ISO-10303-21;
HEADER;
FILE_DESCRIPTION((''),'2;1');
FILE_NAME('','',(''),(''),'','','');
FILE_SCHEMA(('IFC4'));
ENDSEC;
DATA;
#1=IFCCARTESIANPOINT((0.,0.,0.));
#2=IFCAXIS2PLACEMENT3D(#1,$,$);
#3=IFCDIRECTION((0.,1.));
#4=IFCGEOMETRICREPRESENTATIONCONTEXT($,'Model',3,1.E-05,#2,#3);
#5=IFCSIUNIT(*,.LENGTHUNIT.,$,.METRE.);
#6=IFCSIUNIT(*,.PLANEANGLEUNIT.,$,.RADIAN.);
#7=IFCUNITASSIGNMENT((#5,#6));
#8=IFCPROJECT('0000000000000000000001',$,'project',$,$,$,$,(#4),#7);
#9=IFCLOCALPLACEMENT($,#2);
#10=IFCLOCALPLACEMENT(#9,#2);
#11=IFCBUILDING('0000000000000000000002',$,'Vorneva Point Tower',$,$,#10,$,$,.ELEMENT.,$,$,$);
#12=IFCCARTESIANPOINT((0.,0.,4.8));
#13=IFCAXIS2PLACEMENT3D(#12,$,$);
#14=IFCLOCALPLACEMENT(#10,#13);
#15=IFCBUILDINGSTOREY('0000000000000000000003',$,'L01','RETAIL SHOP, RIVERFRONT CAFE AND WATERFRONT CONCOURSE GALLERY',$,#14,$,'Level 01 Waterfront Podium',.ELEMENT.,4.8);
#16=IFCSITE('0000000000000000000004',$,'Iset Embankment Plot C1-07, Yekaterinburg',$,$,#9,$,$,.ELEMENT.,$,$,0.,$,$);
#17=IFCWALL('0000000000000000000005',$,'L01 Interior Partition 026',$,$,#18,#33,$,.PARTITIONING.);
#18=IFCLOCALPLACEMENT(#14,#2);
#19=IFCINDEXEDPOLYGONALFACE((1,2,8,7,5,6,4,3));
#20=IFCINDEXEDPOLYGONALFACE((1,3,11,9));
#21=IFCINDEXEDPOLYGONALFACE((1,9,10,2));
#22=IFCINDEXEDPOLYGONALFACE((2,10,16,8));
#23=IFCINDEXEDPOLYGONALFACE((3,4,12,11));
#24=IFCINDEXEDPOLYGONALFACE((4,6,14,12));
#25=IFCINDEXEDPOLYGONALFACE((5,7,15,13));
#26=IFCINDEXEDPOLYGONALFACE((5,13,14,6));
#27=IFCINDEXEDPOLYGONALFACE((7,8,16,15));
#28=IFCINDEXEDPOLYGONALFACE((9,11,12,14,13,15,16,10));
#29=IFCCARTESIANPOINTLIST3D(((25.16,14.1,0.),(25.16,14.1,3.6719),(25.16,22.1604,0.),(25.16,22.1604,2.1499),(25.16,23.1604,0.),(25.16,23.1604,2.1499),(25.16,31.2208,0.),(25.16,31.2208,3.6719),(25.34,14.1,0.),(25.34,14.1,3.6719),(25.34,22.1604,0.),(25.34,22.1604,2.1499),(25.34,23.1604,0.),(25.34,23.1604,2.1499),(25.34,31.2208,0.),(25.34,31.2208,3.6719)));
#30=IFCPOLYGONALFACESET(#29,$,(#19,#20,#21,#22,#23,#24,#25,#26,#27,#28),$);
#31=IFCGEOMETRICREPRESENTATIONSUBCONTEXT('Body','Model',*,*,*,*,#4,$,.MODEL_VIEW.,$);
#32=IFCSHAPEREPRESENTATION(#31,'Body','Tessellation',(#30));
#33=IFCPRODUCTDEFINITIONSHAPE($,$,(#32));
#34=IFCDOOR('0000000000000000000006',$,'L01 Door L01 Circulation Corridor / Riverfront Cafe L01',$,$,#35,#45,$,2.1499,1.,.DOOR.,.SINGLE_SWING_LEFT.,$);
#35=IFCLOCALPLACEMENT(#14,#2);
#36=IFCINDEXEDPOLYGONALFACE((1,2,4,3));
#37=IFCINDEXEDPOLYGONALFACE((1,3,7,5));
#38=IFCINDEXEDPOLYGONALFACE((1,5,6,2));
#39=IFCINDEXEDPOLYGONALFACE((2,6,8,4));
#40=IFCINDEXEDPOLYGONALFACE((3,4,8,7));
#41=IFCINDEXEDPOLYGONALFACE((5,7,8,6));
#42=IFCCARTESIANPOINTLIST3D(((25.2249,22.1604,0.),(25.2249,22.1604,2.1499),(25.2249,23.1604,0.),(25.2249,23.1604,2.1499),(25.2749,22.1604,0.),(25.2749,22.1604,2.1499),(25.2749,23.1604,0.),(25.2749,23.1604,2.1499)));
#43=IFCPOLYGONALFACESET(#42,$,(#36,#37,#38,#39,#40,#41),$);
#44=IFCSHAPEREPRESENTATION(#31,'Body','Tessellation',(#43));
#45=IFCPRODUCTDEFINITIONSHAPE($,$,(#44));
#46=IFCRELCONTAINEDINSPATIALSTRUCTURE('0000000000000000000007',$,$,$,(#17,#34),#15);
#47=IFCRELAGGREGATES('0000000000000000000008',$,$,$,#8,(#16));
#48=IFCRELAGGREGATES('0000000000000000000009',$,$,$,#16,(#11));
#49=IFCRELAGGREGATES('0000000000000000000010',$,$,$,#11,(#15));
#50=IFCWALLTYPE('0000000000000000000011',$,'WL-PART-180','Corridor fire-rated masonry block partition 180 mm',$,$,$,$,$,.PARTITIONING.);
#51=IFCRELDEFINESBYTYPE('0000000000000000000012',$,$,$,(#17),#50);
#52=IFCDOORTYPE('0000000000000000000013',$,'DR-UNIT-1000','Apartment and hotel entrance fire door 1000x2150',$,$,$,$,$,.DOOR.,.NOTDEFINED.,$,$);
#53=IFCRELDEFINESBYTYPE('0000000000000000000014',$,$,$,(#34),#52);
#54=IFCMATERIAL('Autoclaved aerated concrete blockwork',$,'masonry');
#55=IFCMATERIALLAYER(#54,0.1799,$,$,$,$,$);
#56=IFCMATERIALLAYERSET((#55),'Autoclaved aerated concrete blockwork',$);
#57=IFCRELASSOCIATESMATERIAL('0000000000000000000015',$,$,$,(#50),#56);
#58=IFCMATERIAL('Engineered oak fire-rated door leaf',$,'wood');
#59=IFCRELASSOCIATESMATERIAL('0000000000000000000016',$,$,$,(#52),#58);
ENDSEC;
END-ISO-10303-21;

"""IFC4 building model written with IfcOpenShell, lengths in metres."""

from ifc_helpers import new_model, si_unit, direction, frame, frame_2d, origin, place, context, subcontext, project, spatial, rectangle, extrude, material, layer, layer_set, type_object, element, fill, save


model = new_model("IFC4")

# Units and contexts
model_context = context("Model", 3, precision=1e-05, world=origin(), true_north=direction((0.0, 1.0)))
body_context = subcontext(model_context, "Body", "Model", "MODEL_VIEW")
ifc_project = project(units=[si_unit("LENGTHUNIT", "METRE"), si_unit("PLANEANGLEUNIT", "RADIAN")], contexts=[model_context])

# Site, building, storey
site_placement = place(None, origin())
site = spatial("IfcSite", under=ifc_project, at=site_placement, Name="Iset Embankment Plot C1-07, Yekaterinburg", CompositionType="ELEMENT", RefElevation=0.0)
building_placement = place(site_placement, origin())
building = spatial("IfcBuilding", under=site, at=building_placement, Name="Vorneva Point Tower", CompositionType="ELEMENT")
storey_placement = place(building_placement, frame((0.0, 0.0, 4.8)))
storey = spatial("IfcBuildingStorey", under=building, at=storey_placement, Name="L01", Description="RETAIL SHOP, RIVERFRONT CAFE AND WATERFRONT CONCOURSE GALLERY", LongName="Level 01 Waterfront Podium", CompositionType="ELEMENT", Elevation=4.8)

# Shared definitions
ifc_material_1 = material(Name="Autoclaved aerated concrete blockwork", Category="masonry")
ifc_layer_1 = layer(ifc_material_1, 0.1799)
ifc_layer_set_1 = layer_set([ifc_layer_1], Name="Autoclaved aerated concrete blockwork")
wall_type_1 = type_object("IfcWallType", Name="WL-PART-180", Description="Corridor fire-rated masonry block partition 180 mm", PredefinedType="PARTITIONING", material=ifc_layer_set_1)

# Wall, opening, door
wall_1_placement = place(storey_placement, frame((25.25, 31.2209, 0.0), z_axis=(0.0, 0.0, 1.0), x_axis=(0.0, -1.0, 0.0)))
wall_1 = element("IfcWall", 1, at=wall_1_placement, inside=storey, type_object=wall_type_1, Name="L01 Interior Partition 026", PredefinedType="PARTITIONING", context=body_context, shape_type="SweptSolid", body=[
    extrude(rectangle(XDim=17.1208, YDim=0.1799, at=frame_2d((8.5605, 0.0))), origin(), (0.0, 0.0, 1.0), 3.6719),
])
opening_placement = place(wall_1_placement, frame((8.0605, 0.0, 0.0)))
opening = element("IfcOpeningElement", 2, at=opening_placement, cuts=wall_1, PredefinedType="OPENING", context=body_context, shape_type="SweptSolid", body=[
    extrude(rectangle(XDim=1.0, YDim=2.1499, at=frame_2d((0.5, 1.075))), frame((0.0, 0.105, 0.0), z_axis=(0.0, -1.0, 0.0), x_axis=(1.0, 0.0, 0.0)), (0.0, 0.0, 1.0), 0.2097),
])
ifc_material_2 = material(Name="Engineered oak fire-rated door leaf", Category="wood")
door_type = type_object("IfcDoorType", Name="DR-UNIT-1000", Description="Apartment and hotel entrance fire door 1000x2150", OperationType="NOTDEFINED", PredefinedType="DOOR", material=ifc_material_2)
door_placement = place(opening_placement, origin())
door = element("IfcDoor", 3, at=door_placement, inside=storey, type_object=door_type, Name="L01 Door L01 Circulation Corridor / Riverfront Cafe L01", OperationType="SINGLE_SWING_LEFT", OverallHeight=2.1499, OverallWidth=1.0, PredefinedType="DOOR", context=body_context, shape_type="SweptSolid", body=[
    extrude(rectangle(XDim=1.0, YDim=2.1499, at=frame_2d((0.5, 1.075))), frame((0.0, 0.0249, 0.0), z_axis=(0.0, -1.0, 0.0), x_axis=(1.0, 0.0, 0.0)), (0.0, 0.0, 1.0), 0.05),
])
fill(opening, door)

save(model, "model.ifc")
